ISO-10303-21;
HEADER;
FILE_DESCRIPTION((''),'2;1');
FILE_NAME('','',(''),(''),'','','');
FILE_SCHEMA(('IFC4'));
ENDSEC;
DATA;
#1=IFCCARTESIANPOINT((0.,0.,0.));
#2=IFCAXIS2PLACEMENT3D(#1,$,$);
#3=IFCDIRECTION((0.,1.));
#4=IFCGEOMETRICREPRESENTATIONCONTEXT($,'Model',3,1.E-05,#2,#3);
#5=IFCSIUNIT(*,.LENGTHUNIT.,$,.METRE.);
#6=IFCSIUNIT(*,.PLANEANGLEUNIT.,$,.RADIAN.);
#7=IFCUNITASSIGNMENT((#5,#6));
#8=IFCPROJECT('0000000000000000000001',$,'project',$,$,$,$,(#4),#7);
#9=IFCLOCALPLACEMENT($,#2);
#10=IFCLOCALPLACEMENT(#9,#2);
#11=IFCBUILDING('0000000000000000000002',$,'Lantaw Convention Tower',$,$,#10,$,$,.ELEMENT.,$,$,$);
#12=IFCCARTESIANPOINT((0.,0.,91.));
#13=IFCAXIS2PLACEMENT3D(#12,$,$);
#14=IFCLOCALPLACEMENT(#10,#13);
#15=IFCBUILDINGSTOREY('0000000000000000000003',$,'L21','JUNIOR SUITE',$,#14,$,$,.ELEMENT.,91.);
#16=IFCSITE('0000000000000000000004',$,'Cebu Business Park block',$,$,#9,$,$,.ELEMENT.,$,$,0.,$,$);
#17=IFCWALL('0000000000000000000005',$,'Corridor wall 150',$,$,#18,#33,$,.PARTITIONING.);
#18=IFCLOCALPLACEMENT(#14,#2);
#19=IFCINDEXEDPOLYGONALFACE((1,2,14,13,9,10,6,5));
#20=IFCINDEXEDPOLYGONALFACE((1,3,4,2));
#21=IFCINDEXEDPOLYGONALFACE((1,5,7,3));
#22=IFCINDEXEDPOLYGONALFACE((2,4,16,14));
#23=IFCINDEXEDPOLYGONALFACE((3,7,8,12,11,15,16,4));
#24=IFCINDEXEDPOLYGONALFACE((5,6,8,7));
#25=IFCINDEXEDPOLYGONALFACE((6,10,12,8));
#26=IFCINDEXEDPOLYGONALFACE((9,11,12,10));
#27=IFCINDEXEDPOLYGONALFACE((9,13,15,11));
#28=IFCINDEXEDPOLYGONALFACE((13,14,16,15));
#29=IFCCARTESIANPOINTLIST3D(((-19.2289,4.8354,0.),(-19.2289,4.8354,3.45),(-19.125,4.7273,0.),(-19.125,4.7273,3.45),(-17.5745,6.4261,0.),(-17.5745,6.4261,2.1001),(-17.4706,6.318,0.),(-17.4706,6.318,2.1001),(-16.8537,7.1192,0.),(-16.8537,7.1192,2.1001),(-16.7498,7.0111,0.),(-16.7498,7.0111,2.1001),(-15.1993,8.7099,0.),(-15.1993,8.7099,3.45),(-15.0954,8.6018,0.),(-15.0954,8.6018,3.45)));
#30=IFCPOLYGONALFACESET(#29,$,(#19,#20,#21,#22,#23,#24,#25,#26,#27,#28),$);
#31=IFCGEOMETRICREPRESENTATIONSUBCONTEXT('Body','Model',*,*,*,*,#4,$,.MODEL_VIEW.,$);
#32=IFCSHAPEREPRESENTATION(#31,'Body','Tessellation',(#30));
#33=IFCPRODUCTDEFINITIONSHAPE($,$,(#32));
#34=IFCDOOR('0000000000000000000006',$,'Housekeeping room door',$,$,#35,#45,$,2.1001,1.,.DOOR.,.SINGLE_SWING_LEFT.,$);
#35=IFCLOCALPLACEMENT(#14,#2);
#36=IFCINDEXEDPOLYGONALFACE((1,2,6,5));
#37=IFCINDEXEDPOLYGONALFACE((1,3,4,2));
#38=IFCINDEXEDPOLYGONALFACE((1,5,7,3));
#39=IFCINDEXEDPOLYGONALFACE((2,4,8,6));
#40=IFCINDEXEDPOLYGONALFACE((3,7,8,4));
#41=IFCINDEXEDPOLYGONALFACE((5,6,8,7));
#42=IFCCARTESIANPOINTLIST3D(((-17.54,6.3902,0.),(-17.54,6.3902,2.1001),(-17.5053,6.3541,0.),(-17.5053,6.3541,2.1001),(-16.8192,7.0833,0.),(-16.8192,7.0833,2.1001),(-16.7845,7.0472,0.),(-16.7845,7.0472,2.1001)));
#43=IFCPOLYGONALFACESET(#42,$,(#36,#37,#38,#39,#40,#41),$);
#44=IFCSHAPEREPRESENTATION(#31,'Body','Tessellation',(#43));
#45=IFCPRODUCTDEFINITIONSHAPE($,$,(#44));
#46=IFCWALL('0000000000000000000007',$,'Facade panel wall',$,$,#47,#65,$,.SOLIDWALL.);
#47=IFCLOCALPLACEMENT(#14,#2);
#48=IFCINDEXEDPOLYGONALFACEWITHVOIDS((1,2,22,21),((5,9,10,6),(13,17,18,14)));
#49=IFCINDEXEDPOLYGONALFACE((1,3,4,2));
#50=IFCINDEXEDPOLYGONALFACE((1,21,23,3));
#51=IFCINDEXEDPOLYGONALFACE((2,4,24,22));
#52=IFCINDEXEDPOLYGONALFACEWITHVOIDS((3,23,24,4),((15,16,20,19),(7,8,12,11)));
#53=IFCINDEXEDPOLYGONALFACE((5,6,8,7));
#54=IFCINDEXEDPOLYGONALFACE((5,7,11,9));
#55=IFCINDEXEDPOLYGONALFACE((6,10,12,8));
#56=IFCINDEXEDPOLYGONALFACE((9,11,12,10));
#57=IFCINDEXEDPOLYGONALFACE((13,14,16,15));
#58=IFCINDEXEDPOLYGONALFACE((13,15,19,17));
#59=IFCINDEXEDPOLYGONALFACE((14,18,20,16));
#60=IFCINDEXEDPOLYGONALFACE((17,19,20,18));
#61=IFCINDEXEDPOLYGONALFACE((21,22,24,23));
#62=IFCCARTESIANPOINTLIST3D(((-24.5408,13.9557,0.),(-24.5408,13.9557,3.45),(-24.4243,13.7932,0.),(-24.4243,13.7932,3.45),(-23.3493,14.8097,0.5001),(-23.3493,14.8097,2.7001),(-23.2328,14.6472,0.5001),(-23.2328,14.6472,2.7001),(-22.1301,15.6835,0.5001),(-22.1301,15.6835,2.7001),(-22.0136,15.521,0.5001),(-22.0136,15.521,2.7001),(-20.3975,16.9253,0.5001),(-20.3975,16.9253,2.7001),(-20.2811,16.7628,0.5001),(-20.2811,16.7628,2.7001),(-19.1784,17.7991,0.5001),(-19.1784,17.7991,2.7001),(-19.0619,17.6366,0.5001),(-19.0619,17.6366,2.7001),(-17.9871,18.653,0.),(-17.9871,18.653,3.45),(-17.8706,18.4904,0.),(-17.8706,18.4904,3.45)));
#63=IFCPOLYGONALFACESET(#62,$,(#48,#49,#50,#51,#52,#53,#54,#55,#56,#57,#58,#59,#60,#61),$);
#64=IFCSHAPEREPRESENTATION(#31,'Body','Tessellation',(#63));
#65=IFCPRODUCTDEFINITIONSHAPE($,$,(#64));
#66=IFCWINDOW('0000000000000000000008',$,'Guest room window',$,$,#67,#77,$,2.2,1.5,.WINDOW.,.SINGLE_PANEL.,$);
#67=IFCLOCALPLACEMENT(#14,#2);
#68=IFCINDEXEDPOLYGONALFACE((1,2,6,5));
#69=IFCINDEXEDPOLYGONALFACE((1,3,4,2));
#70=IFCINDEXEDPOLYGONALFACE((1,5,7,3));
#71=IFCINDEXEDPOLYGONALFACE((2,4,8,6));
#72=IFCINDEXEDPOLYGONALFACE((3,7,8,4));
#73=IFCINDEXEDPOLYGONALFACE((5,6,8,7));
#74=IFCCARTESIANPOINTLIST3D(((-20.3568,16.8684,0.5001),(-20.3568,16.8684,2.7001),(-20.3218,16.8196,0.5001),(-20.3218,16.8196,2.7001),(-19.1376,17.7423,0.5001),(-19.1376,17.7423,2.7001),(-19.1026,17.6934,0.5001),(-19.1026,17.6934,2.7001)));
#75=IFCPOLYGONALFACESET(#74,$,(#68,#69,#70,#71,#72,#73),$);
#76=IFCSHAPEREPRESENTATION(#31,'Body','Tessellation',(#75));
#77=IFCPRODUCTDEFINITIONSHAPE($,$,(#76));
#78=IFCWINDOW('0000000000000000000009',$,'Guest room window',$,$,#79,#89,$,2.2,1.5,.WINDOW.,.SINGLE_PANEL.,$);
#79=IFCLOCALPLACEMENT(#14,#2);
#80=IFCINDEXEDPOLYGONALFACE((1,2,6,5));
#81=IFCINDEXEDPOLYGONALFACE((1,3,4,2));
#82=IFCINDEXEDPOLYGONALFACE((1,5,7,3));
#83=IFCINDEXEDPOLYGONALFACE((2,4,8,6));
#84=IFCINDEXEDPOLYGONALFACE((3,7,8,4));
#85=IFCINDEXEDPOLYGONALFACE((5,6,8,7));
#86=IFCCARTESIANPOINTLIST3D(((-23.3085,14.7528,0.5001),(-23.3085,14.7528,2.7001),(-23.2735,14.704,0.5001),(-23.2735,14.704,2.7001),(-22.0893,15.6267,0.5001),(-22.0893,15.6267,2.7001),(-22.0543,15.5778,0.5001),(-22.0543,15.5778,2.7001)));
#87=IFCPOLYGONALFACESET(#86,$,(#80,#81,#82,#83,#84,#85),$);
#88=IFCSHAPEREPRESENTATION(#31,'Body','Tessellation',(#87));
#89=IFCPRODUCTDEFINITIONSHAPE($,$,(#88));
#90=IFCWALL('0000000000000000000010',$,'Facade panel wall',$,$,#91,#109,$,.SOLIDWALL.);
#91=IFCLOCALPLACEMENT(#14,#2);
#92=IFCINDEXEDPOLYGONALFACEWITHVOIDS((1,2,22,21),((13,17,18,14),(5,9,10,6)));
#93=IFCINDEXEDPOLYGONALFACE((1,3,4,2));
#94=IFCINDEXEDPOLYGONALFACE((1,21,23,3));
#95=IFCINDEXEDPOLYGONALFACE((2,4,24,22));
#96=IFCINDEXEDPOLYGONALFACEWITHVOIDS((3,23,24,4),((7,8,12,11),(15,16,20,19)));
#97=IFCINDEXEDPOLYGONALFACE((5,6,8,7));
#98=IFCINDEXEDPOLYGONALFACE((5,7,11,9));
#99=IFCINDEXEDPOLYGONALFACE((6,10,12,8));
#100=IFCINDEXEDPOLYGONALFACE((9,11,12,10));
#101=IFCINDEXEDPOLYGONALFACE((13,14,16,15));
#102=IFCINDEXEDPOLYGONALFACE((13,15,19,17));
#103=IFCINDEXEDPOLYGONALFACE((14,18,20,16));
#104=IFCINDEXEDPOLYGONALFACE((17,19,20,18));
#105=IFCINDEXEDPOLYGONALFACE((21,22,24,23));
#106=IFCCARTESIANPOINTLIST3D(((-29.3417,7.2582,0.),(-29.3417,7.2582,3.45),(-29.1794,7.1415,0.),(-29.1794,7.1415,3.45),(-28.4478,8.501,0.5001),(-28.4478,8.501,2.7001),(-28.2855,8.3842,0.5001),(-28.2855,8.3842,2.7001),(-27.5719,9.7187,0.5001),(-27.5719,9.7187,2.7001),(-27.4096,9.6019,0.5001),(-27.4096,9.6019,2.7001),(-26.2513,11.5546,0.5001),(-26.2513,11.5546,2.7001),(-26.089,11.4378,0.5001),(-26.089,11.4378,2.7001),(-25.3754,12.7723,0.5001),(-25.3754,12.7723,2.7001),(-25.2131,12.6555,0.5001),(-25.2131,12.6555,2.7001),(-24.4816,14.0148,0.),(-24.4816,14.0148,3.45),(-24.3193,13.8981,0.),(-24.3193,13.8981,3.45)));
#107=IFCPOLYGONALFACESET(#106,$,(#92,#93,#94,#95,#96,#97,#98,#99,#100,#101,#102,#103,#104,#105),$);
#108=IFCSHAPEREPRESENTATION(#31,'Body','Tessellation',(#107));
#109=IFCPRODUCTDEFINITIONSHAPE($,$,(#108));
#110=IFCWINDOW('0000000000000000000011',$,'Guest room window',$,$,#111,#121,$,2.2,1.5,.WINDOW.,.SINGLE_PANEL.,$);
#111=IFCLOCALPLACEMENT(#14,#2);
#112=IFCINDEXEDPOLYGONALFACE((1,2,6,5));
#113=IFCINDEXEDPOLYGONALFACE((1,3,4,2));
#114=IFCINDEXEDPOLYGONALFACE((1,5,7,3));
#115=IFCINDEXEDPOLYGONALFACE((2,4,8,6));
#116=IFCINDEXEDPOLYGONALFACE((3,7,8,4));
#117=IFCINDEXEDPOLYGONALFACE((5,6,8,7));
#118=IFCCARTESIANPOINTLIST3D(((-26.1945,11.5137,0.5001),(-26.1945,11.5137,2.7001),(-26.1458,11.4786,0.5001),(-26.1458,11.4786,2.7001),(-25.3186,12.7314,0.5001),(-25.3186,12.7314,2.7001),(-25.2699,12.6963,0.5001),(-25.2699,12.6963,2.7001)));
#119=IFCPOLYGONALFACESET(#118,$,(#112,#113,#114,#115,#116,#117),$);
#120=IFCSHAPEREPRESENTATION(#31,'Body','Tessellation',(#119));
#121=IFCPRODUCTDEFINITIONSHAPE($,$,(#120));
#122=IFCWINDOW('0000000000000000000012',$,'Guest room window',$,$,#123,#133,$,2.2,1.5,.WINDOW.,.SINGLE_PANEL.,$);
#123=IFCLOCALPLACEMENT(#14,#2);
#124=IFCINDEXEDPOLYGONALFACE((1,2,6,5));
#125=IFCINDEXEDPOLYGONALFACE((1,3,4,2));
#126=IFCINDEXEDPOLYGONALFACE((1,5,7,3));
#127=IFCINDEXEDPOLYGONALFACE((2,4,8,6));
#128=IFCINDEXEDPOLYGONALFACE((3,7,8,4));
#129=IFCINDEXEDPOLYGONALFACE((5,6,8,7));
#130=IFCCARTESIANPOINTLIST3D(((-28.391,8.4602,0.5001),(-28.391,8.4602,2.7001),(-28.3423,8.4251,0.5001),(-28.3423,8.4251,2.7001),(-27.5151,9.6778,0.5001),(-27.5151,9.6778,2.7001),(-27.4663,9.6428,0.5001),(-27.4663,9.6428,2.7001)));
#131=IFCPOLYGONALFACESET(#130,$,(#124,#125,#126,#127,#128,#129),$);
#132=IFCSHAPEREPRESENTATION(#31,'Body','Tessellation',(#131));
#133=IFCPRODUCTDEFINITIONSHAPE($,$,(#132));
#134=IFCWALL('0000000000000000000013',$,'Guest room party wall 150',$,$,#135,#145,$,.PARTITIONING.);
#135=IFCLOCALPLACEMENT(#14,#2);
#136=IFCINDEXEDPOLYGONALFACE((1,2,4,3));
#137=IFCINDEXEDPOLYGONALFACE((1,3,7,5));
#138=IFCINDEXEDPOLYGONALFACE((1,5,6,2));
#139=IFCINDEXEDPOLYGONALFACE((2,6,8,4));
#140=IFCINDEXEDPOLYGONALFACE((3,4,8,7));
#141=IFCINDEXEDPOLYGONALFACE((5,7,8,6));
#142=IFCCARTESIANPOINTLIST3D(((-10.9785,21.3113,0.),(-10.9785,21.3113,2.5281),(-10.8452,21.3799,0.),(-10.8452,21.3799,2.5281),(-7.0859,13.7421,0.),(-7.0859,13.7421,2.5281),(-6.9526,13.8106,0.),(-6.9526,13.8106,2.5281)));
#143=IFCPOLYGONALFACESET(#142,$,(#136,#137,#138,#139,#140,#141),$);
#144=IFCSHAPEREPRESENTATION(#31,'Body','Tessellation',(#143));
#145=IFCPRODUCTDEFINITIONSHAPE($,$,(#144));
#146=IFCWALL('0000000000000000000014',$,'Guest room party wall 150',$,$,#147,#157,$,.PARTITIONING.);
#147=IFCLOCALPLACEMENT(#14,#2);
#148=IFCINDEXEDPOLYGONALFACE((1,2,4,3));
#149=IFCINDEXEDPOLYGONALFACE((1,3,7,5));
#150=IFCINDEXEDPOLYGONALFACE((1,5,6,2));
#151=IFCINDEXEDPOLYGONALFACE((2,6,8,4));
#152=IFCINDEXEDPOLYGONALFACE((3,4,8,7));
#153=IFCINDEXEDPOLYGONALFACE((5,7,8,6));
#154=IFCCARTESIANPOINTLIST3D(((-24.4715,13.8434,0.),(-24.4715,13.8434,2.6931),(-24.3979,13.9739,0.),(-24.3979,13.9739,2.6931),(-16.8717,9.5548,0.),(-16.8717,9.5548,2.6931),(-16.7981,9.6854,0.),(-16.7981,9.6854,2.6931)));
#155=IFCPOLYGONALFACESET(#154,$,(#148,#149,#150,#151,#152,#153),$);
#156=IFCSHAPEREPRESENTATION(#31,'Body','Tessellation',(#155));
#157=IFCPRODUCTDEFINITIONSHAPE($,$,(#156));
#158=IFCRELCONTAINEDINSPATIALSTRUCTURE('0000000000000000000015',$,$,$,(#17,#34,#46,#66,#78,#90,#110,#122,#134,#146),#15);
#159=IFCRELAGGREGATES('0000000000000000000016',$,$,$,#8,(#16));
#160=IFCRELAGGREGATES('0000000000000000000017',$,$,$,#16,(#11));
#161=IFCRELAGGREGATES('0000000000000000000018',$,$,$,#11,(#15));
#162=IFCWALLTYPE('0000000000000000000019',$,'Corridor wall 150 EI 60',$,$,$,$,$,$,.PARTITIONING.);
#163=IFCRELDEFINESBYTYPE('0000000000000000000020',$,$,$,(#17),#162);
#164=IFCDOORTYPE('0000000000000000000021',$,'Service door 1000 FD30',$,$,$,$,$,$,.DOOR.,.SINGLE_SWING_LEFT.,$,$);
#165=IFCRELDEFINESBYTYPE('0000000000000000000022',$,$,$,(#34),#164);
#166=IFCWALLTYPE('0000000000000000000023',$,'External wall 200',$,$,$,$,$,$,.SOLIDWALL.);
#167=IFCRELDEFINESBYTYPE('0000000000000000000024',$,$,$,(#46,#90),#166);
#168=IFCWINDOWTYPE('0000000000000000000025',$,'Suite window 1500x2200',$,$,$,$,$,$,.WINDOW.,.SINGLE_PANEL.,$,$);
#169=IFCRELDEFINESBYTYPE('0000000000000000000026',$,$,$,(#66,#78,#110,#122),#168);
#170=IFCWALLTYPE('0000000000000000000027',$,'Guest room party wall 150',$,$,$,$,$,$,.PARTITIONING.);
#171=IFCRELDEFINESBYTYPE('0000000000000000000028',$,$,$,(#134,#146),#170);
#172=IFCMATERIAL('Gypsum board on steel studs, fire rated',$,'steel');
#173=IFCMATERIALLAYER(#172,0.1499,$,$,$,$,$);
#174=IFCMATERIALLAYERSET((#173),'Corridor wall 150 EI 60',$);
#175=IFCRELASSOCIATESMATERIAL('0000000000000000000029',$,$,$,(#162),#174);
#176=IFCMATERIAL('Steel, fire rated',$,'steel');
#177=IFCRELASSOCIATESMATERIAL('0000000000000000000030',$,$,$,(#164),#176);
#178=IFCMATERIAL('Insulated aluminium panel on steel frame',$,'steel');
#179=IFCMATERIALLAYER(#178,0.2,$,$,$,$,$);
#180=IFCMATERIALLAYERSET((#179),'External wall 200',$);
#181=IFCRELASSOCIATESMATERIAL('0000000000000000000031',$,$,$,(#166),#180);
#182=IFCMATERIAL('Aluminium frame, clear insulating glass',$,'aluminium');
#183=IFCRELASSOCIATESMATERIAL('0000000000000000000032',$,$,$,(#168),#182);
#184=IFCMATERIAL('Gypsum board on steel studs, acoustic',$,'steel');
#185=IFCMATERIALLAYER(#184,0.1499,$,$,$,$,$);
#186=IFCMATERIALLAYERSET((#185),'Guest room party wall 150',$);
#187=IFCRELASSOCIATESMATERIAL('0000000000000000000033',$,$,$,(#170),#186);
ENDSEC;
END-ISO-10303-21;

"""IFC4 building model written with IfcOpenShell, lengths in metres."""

from ifc_helpers import new_model, si_unit, direction, frame, frame_2d, origin, place, context, subcontext, project, spatial, rectangle, extrude, material, layer, layer_set, type_object, element, fill, save


model = new_model("IFC4")

# Units and contexts
model_context = context("Model", 3, precision=1e-05, world=origin(), true_north=direction((0.0, 1.0)))
body_context = subcontext(model_context, "Body", "Model", "MODEL_VIEW")
ifc_project = project(units=[si_unit("LENGTHUNIT", "METRE"), si_unit("PLANEANGLEUNIT", "RADIAN")], contexts=[model_context])

# Site, building, storey
site_placement = place(None, origin())
site = spatial("IfcSite", under=ifc_project, at=site_placement, Name="Cebu Business Park block", CompositionType="ELEMENT", RefElevation=0.0)
building_placement = place(site_placement, origin())
building = spatial("IfcBuilding", under=site, at=building_placement, Name="Lantaw Convention Tower", CompositionType="ELEMENT")
storey_placement = place(building_placement, frame((0.0, 0.0, 91.0)))
storey = spatial("IfcBuildingStorey", under=building, at=storey_placement, Name="L21", Description="JUNIOR SUITE", CompositionType="ELEMENT", Elevation=91.0)

# Shared definitions
ifc_material_1 = material(Name="Steel, fire rated", Category="steel")

# Shared definitions
ifc_material_2 = material(Name="Gypsum board on steel studs, fire rated", Category="steel")
ifc_layer_1 = layer(ifc_material_2, 0.1499)
ifc_layer_set_1 = layer_set([ifc_layer_1], Name="Corridor wall 150 EI 60")
wall_type_1 = type_object("IfcWallType", Name="Corridor wall 150 EI 60", PredefinedType="PARTITIONING", material=ifc_layer_set_1)

# Wall, opening, door
wall_1_placement = place(storey_placement, frame((-15.1475, 8.6558, 0.0), z_axis=(0.0, 0.0, 1.0), x_axis=(-0.720837, -0.693104, 0.0)))
wall_1 = element("IfcWall", 1, at=wall_1_placement, inside=storey, type_object=wall_type_1, Name="Corridor wall 150", PredefinedType="PARTITIONING", context=body_context, shape_type="SweptSolid", body=[
    extrude(rectangle(XDim=5.5901, YDim=0.1499, at=frame_2d((2.7949, 0.0))), origin(), (0.0, 0.0, 1.0), 3.45),
])
opening_1_placement = place(wall_1_placement, frame((2.2949, 0.0, 0.0)))
opening_1 = element("IfcOpeningElement", 2, at=opening_1_placement, cuts=wall_1, PredefinedType="OPENING", context=body_context, shape_type="SweptSolid", body=[
    extrude(rectangle(XDim=1.0, YDim=2.1001, at=frame_2d((0.5, 1.05))), frame((0.0, 0.085, 0.0), z_axis=(0.0, -1.0, 0.0), x_axis=(1.0, 0.0, 0.0)), (0.0, 0.0, 1.0), 0.1699),
])
door_type_1 = type_object("IfcDoorType", Name="Service door 1000 FD30", OperationType="SINGLE_SWING_LEFT", PredefinedType="DOOR", material=ifc_material_1)
door_1_placement = place(opening_1_placement, origin())
door_1 = element("IfcDoor", 3, at=door_1_placement, inside=storey, type_object=door_type_1, Name="Housekeeping room door", OperationType="SINGLE_SWING_LEFT", OverallHeight=2.1001, OverallWidth=1.0, PredefinedType="DOOR", context=body_context, shape_type="SweptSolid", body=[
    extrude(rectangle(XDim=1.0, YDim=2.1001, at=frame_2d((0.5, 1.05))), frame((0.0, 0.0249, 0.0), z_axis=(0.0, -1.0, 0.0), x_axis=(1.0, 0.0, 0.0)), (0.0, 0.0, 1.0), 0.05),
])
fill(opening_1, door_1)

# Walls, openings, windows
ifc_material_3 = material(Name="Insulated aluminium panel on steel frame", Category="steel")
ifc_layer_2 = layer(ifc_material_3, 0.2)
ifc_layer_set_2 = layer_set([ifc_layer_2], Name="External wall 200")
wall_type_2 = type_object("IfcWallType", Name="External wall 200", PredefinedType="SOLIDWALL", material=ifc_layer_set_2)
wall_2_placement = place(storey_placement, frame((-17.9287, 18.5718, 0.0), z_axis=(0.0, 0.0, 1.0), x_axis=(-0.812791, -0.582555, 0.0)))
wall_2 = element("IfcWall", 4, at=wall_2_placement, inside=storey, type_object=wall_type_2, Name="Facade panel wall", PredefinedType="SOLIDWALL", context=body_context, shape_type="SweptSolid", body=[
    extrude(rectangle(XDim=8.0632, YDim=0.2, at=frame_2d((4.0317, 0.0))), origin(), (0.0, 0.0, 1.0), 3.45),
])
opening_2_placement = place(wall_2_placement, frame((1.4658, 0.0, 0.5)))
opening_2 = element("IfcOpeningElement", 5, at=opening_2_placement, cuts=wall_2, PredefinedType="OPENING", context=body_context, shape_type="SweptSolid", body=[
    extrude(rectangle(XDim=1.5, YDim=2.2, at=frame_2d((0.75, 1.1001))), frame((0.0, 0.1099, 0.0), z_axis=(0.0, -1.0, 0.0), x_axis=(1.0, 0.0, 0.0)), (0.0, 0.0, 1.0), 0.22),
])
opening_3_placement = place(wall_2_placement, frame((5.0974, 0.0, 0.5)))
opening_3 = element("IfcOpeningElement", 6, at=opening_3_placement, cuts=wall_2, PredefinedType="OPENING", context=body_context, shape_type="SweptSolid", body=[
    extrude(rectangle(XDim=1.5, YDim=2.2, at=frame_2d((0.75, 1.1001))), frame((0.0, 0.1099, 0.0), z_axis=(0.0, -1.0, 0.0), x_axis=(1.0, 0.0, 0.0)), (0.0, 0.0, 1.0), 0.22),
])
ifc_material_4 = material(Name="Aluminium frame, clear insulating glass", Category="aluminium")
window_type = type_object("IfcWindowType", Name="Suite window 1500x2200", PartitioningType="SINGLE_PANEL", PredefinedType="WINDOW", material=ifc_material_4)
window_1_placement = place(opening_2_placement, origin())
window_1 = element("IfcWindow", 7, at=window_1_placement, inside=storey, type_object=window_type, Name="Guest room window", OverallHeight=2.2, OverallWidth=1.5, PartitioningType="SINGLE_PANEL", PredefinedType="WINDOW", context=body_context, shape_type="SweptSolid", body=[
    extrude(rectangle(XDim=1.5, YDim=2.2, at=frame_2d((0.75, 1.1001))), frame((0.0, 0.03, 0.0), z_axis=(0.0, -1.0, 0.0), x_axis=(1.0, 0.0, 0.0)), (0.0, 0.0, 1.0), 0.0601),
])
fill(opening_2, window_1)
window_2_placement = place(opening_3_placement, origin())
window_2 = element("IfcWindow", 8, at=window_2_placement, inside=storey, type_object=window_type, Name="Guest room window", OverallHeight=2.2, OverallWidth=1.5, PartitioningType="SINGLE_PANEL", PredefinedType="WINDOW", context=body_context, shape_type="SweptSolid", body=[
    extrude(rectangle(XDim=1.5, YDim=2.2, at=frame_2d((0.75, 1.1001))), frame((0.0, 0.03, 0.0), z_axis=(0.0, -1.0, 0.0), x_axis=(1.0, 0.0, 0.0)), (0.0, 0.0, 1.0), 0.0601),
])
fill(opening_3, window_2)
wall_3_placement = place(storey_placement, frame((-24.4004, 13.9565, 0.0), z_axis=(0.0, 0.0, 1.0), x_axis=(-0.583938, -0.811799, 0.0)))
wall_3 = element("IfcWall", 9, at=wall_3_placement, inside=storey, type_object=wall_type_2, Name="Facade panel wall", PredefinedType="SOLIDWALL", context=body_context, shape_type="SweptSolid", body=[
    extrude(rectangle(XDim=8.323, YDim=0.2, at=frame_2d((4.1616, 0.0))), origin(), (0.0, 0.0, 1.0), 3.45),
])
opening_4_placement = place(wall_3_placement, frame((1.5308, 0.0, 0.5)))
opening_4 = element("IfcOpeningElement", 10, at=opening_4_placement, cuts=wall_3, PredefinedType="OPENING", context=body_context, shape_type="SweptSolid", body=[
    extrude(rectangle(XDim=1.5, YDim=2.2, at=frame_2d((0.75, 1.1001))), frame((0.0, 0.1099, 0.0), z_axis=(0.0, -1.0, 0.0), x_axis=(1.0, 0.0, 0.0)), (0.0, 0.0, 1.0), 0.22),
])
opening_5_placement = place(wall_3_placement, frame((5.2922, 0.0, 0.5)))
opening_5 = element("IfcOpeningElement", 11, at=opening_5_placement, cuts=wall_3, PredefinedType="OPENING", context=body_context, shape_type="SweptSolid", body=[
    extrude(rectangle(XDim=1.5, YDim=2.2, at=frame_2d((0.75, 1.1001))), frame((0.0, 0.1099, 0.0), z_axis=(0.0, -1.0, 0.0), x_axis=(1.0, 0.0, 0.0)), (0.0, 0.0, 1.0), 0.22),
])
window_3_placement = place(opening_4_placement, origin())
window_3 = element("IfcWindow", 12, at=window_3_placement, inside=storey, type_object=window_type, Name="Guest room window", OverallHeight=2.2, OverallWidth=1.5, PartitioningType="SINGLE_PANEL", PredefinedType="WINDOW", context=body_context, shape_type="SweptSolid", body=[
    extrude(rectangle(XDim=1.5, YDim=2.2, at=frame_2d((0.75, 1.1001))), frame((0.0, 0.03, 0.0), z_axis=(0.0, -1.0, 0.0), x_axis=(1.0, 0.0, 0.0)), (0.0, 0.0, 1.0), 0.0601),
])
fill(opening_4, window_3)
window_4_placement = place(opening_5_placement, origin())
window_4 = element("IfcWindow", 13, at=window_4_placement, inside=storey, type_object=window_type, Name="Guest room window", OverallHeight=2.2, OverallWidth=1.5, PartitioningType="SINGLE_PANEL", PredefinedType="WINDOW", context=body_context, shape_type="SweptSolid", body=[
    extrude(rectangle(XDim=1.5, YDim=2.2, at=frame_2d((0.75, 1.1001))), frame((0.0, 0.03, 0.0), z_axis=(0.0, -1.0, 0.0), x_axis=(1.0, 0.0, 0.0)), (0.0, 0.0, 1.0), 0.0601),
])
fill(opening_5, window_4)

# Walls
ifc_material_5 = material(Name="Gypsum board on steel studs, acoustic", Category="steel")
ifc_layer_3 = layer(ifc_material_5, 0.1499)
ifc_layer_set_3 = layer_set([ifc_layer_3], Name="Guest room party wall 150")
wall_type_3 = type_object("IfcWallType", Name="Guest room party wall 150", PredefinedType="PARTITIONING", material=ifc_layer_set_3)
wall_4_placement = place(storey_placement, frame((-10.9119, 21.3457, 0.0), z_axis=(0.0, 0.0, 1.0), x_axis=(0.457327, -0.889298, 0.0)))
element("IfcWall", 14, at=wall_4_placement, inside=storey, type_object=wall_type_3, Name="Guest room party wall 150", PredefinedType="PARTITIONING", context=body_context, shape_type="SweptSolid", body=[
    extrude(rectangle(XDim=8.5115, YDim=0.1499, at=frame_2d((4.2559, 0.0))), origin(), (0.0, 0.0, 1.0), 2.5281),
])
wall_5_placement = place(storey_placement, frame((-24.4348, 13.9087, 0.0), z_axis=(0.0, 0.0, 1.0), x_axis=(0.870906, -0.49145, 0.0)))
element("IfcWall", 15, at=wall_5_placement, inside=storey, type_object=wall_type_3, Name="Guest room party wall 150", PredefinedType="PARTITIONING", context=body_context, shape_type="SweptSolid", body=[
    extrude(rectangle(XDim=8.7263, YDim=0.1499, at=frame_2d((4.3633, 0.0))), origin(), (0.0, 0.0, 1.0), 2.6931),
])

save(model, "model.ifc")
